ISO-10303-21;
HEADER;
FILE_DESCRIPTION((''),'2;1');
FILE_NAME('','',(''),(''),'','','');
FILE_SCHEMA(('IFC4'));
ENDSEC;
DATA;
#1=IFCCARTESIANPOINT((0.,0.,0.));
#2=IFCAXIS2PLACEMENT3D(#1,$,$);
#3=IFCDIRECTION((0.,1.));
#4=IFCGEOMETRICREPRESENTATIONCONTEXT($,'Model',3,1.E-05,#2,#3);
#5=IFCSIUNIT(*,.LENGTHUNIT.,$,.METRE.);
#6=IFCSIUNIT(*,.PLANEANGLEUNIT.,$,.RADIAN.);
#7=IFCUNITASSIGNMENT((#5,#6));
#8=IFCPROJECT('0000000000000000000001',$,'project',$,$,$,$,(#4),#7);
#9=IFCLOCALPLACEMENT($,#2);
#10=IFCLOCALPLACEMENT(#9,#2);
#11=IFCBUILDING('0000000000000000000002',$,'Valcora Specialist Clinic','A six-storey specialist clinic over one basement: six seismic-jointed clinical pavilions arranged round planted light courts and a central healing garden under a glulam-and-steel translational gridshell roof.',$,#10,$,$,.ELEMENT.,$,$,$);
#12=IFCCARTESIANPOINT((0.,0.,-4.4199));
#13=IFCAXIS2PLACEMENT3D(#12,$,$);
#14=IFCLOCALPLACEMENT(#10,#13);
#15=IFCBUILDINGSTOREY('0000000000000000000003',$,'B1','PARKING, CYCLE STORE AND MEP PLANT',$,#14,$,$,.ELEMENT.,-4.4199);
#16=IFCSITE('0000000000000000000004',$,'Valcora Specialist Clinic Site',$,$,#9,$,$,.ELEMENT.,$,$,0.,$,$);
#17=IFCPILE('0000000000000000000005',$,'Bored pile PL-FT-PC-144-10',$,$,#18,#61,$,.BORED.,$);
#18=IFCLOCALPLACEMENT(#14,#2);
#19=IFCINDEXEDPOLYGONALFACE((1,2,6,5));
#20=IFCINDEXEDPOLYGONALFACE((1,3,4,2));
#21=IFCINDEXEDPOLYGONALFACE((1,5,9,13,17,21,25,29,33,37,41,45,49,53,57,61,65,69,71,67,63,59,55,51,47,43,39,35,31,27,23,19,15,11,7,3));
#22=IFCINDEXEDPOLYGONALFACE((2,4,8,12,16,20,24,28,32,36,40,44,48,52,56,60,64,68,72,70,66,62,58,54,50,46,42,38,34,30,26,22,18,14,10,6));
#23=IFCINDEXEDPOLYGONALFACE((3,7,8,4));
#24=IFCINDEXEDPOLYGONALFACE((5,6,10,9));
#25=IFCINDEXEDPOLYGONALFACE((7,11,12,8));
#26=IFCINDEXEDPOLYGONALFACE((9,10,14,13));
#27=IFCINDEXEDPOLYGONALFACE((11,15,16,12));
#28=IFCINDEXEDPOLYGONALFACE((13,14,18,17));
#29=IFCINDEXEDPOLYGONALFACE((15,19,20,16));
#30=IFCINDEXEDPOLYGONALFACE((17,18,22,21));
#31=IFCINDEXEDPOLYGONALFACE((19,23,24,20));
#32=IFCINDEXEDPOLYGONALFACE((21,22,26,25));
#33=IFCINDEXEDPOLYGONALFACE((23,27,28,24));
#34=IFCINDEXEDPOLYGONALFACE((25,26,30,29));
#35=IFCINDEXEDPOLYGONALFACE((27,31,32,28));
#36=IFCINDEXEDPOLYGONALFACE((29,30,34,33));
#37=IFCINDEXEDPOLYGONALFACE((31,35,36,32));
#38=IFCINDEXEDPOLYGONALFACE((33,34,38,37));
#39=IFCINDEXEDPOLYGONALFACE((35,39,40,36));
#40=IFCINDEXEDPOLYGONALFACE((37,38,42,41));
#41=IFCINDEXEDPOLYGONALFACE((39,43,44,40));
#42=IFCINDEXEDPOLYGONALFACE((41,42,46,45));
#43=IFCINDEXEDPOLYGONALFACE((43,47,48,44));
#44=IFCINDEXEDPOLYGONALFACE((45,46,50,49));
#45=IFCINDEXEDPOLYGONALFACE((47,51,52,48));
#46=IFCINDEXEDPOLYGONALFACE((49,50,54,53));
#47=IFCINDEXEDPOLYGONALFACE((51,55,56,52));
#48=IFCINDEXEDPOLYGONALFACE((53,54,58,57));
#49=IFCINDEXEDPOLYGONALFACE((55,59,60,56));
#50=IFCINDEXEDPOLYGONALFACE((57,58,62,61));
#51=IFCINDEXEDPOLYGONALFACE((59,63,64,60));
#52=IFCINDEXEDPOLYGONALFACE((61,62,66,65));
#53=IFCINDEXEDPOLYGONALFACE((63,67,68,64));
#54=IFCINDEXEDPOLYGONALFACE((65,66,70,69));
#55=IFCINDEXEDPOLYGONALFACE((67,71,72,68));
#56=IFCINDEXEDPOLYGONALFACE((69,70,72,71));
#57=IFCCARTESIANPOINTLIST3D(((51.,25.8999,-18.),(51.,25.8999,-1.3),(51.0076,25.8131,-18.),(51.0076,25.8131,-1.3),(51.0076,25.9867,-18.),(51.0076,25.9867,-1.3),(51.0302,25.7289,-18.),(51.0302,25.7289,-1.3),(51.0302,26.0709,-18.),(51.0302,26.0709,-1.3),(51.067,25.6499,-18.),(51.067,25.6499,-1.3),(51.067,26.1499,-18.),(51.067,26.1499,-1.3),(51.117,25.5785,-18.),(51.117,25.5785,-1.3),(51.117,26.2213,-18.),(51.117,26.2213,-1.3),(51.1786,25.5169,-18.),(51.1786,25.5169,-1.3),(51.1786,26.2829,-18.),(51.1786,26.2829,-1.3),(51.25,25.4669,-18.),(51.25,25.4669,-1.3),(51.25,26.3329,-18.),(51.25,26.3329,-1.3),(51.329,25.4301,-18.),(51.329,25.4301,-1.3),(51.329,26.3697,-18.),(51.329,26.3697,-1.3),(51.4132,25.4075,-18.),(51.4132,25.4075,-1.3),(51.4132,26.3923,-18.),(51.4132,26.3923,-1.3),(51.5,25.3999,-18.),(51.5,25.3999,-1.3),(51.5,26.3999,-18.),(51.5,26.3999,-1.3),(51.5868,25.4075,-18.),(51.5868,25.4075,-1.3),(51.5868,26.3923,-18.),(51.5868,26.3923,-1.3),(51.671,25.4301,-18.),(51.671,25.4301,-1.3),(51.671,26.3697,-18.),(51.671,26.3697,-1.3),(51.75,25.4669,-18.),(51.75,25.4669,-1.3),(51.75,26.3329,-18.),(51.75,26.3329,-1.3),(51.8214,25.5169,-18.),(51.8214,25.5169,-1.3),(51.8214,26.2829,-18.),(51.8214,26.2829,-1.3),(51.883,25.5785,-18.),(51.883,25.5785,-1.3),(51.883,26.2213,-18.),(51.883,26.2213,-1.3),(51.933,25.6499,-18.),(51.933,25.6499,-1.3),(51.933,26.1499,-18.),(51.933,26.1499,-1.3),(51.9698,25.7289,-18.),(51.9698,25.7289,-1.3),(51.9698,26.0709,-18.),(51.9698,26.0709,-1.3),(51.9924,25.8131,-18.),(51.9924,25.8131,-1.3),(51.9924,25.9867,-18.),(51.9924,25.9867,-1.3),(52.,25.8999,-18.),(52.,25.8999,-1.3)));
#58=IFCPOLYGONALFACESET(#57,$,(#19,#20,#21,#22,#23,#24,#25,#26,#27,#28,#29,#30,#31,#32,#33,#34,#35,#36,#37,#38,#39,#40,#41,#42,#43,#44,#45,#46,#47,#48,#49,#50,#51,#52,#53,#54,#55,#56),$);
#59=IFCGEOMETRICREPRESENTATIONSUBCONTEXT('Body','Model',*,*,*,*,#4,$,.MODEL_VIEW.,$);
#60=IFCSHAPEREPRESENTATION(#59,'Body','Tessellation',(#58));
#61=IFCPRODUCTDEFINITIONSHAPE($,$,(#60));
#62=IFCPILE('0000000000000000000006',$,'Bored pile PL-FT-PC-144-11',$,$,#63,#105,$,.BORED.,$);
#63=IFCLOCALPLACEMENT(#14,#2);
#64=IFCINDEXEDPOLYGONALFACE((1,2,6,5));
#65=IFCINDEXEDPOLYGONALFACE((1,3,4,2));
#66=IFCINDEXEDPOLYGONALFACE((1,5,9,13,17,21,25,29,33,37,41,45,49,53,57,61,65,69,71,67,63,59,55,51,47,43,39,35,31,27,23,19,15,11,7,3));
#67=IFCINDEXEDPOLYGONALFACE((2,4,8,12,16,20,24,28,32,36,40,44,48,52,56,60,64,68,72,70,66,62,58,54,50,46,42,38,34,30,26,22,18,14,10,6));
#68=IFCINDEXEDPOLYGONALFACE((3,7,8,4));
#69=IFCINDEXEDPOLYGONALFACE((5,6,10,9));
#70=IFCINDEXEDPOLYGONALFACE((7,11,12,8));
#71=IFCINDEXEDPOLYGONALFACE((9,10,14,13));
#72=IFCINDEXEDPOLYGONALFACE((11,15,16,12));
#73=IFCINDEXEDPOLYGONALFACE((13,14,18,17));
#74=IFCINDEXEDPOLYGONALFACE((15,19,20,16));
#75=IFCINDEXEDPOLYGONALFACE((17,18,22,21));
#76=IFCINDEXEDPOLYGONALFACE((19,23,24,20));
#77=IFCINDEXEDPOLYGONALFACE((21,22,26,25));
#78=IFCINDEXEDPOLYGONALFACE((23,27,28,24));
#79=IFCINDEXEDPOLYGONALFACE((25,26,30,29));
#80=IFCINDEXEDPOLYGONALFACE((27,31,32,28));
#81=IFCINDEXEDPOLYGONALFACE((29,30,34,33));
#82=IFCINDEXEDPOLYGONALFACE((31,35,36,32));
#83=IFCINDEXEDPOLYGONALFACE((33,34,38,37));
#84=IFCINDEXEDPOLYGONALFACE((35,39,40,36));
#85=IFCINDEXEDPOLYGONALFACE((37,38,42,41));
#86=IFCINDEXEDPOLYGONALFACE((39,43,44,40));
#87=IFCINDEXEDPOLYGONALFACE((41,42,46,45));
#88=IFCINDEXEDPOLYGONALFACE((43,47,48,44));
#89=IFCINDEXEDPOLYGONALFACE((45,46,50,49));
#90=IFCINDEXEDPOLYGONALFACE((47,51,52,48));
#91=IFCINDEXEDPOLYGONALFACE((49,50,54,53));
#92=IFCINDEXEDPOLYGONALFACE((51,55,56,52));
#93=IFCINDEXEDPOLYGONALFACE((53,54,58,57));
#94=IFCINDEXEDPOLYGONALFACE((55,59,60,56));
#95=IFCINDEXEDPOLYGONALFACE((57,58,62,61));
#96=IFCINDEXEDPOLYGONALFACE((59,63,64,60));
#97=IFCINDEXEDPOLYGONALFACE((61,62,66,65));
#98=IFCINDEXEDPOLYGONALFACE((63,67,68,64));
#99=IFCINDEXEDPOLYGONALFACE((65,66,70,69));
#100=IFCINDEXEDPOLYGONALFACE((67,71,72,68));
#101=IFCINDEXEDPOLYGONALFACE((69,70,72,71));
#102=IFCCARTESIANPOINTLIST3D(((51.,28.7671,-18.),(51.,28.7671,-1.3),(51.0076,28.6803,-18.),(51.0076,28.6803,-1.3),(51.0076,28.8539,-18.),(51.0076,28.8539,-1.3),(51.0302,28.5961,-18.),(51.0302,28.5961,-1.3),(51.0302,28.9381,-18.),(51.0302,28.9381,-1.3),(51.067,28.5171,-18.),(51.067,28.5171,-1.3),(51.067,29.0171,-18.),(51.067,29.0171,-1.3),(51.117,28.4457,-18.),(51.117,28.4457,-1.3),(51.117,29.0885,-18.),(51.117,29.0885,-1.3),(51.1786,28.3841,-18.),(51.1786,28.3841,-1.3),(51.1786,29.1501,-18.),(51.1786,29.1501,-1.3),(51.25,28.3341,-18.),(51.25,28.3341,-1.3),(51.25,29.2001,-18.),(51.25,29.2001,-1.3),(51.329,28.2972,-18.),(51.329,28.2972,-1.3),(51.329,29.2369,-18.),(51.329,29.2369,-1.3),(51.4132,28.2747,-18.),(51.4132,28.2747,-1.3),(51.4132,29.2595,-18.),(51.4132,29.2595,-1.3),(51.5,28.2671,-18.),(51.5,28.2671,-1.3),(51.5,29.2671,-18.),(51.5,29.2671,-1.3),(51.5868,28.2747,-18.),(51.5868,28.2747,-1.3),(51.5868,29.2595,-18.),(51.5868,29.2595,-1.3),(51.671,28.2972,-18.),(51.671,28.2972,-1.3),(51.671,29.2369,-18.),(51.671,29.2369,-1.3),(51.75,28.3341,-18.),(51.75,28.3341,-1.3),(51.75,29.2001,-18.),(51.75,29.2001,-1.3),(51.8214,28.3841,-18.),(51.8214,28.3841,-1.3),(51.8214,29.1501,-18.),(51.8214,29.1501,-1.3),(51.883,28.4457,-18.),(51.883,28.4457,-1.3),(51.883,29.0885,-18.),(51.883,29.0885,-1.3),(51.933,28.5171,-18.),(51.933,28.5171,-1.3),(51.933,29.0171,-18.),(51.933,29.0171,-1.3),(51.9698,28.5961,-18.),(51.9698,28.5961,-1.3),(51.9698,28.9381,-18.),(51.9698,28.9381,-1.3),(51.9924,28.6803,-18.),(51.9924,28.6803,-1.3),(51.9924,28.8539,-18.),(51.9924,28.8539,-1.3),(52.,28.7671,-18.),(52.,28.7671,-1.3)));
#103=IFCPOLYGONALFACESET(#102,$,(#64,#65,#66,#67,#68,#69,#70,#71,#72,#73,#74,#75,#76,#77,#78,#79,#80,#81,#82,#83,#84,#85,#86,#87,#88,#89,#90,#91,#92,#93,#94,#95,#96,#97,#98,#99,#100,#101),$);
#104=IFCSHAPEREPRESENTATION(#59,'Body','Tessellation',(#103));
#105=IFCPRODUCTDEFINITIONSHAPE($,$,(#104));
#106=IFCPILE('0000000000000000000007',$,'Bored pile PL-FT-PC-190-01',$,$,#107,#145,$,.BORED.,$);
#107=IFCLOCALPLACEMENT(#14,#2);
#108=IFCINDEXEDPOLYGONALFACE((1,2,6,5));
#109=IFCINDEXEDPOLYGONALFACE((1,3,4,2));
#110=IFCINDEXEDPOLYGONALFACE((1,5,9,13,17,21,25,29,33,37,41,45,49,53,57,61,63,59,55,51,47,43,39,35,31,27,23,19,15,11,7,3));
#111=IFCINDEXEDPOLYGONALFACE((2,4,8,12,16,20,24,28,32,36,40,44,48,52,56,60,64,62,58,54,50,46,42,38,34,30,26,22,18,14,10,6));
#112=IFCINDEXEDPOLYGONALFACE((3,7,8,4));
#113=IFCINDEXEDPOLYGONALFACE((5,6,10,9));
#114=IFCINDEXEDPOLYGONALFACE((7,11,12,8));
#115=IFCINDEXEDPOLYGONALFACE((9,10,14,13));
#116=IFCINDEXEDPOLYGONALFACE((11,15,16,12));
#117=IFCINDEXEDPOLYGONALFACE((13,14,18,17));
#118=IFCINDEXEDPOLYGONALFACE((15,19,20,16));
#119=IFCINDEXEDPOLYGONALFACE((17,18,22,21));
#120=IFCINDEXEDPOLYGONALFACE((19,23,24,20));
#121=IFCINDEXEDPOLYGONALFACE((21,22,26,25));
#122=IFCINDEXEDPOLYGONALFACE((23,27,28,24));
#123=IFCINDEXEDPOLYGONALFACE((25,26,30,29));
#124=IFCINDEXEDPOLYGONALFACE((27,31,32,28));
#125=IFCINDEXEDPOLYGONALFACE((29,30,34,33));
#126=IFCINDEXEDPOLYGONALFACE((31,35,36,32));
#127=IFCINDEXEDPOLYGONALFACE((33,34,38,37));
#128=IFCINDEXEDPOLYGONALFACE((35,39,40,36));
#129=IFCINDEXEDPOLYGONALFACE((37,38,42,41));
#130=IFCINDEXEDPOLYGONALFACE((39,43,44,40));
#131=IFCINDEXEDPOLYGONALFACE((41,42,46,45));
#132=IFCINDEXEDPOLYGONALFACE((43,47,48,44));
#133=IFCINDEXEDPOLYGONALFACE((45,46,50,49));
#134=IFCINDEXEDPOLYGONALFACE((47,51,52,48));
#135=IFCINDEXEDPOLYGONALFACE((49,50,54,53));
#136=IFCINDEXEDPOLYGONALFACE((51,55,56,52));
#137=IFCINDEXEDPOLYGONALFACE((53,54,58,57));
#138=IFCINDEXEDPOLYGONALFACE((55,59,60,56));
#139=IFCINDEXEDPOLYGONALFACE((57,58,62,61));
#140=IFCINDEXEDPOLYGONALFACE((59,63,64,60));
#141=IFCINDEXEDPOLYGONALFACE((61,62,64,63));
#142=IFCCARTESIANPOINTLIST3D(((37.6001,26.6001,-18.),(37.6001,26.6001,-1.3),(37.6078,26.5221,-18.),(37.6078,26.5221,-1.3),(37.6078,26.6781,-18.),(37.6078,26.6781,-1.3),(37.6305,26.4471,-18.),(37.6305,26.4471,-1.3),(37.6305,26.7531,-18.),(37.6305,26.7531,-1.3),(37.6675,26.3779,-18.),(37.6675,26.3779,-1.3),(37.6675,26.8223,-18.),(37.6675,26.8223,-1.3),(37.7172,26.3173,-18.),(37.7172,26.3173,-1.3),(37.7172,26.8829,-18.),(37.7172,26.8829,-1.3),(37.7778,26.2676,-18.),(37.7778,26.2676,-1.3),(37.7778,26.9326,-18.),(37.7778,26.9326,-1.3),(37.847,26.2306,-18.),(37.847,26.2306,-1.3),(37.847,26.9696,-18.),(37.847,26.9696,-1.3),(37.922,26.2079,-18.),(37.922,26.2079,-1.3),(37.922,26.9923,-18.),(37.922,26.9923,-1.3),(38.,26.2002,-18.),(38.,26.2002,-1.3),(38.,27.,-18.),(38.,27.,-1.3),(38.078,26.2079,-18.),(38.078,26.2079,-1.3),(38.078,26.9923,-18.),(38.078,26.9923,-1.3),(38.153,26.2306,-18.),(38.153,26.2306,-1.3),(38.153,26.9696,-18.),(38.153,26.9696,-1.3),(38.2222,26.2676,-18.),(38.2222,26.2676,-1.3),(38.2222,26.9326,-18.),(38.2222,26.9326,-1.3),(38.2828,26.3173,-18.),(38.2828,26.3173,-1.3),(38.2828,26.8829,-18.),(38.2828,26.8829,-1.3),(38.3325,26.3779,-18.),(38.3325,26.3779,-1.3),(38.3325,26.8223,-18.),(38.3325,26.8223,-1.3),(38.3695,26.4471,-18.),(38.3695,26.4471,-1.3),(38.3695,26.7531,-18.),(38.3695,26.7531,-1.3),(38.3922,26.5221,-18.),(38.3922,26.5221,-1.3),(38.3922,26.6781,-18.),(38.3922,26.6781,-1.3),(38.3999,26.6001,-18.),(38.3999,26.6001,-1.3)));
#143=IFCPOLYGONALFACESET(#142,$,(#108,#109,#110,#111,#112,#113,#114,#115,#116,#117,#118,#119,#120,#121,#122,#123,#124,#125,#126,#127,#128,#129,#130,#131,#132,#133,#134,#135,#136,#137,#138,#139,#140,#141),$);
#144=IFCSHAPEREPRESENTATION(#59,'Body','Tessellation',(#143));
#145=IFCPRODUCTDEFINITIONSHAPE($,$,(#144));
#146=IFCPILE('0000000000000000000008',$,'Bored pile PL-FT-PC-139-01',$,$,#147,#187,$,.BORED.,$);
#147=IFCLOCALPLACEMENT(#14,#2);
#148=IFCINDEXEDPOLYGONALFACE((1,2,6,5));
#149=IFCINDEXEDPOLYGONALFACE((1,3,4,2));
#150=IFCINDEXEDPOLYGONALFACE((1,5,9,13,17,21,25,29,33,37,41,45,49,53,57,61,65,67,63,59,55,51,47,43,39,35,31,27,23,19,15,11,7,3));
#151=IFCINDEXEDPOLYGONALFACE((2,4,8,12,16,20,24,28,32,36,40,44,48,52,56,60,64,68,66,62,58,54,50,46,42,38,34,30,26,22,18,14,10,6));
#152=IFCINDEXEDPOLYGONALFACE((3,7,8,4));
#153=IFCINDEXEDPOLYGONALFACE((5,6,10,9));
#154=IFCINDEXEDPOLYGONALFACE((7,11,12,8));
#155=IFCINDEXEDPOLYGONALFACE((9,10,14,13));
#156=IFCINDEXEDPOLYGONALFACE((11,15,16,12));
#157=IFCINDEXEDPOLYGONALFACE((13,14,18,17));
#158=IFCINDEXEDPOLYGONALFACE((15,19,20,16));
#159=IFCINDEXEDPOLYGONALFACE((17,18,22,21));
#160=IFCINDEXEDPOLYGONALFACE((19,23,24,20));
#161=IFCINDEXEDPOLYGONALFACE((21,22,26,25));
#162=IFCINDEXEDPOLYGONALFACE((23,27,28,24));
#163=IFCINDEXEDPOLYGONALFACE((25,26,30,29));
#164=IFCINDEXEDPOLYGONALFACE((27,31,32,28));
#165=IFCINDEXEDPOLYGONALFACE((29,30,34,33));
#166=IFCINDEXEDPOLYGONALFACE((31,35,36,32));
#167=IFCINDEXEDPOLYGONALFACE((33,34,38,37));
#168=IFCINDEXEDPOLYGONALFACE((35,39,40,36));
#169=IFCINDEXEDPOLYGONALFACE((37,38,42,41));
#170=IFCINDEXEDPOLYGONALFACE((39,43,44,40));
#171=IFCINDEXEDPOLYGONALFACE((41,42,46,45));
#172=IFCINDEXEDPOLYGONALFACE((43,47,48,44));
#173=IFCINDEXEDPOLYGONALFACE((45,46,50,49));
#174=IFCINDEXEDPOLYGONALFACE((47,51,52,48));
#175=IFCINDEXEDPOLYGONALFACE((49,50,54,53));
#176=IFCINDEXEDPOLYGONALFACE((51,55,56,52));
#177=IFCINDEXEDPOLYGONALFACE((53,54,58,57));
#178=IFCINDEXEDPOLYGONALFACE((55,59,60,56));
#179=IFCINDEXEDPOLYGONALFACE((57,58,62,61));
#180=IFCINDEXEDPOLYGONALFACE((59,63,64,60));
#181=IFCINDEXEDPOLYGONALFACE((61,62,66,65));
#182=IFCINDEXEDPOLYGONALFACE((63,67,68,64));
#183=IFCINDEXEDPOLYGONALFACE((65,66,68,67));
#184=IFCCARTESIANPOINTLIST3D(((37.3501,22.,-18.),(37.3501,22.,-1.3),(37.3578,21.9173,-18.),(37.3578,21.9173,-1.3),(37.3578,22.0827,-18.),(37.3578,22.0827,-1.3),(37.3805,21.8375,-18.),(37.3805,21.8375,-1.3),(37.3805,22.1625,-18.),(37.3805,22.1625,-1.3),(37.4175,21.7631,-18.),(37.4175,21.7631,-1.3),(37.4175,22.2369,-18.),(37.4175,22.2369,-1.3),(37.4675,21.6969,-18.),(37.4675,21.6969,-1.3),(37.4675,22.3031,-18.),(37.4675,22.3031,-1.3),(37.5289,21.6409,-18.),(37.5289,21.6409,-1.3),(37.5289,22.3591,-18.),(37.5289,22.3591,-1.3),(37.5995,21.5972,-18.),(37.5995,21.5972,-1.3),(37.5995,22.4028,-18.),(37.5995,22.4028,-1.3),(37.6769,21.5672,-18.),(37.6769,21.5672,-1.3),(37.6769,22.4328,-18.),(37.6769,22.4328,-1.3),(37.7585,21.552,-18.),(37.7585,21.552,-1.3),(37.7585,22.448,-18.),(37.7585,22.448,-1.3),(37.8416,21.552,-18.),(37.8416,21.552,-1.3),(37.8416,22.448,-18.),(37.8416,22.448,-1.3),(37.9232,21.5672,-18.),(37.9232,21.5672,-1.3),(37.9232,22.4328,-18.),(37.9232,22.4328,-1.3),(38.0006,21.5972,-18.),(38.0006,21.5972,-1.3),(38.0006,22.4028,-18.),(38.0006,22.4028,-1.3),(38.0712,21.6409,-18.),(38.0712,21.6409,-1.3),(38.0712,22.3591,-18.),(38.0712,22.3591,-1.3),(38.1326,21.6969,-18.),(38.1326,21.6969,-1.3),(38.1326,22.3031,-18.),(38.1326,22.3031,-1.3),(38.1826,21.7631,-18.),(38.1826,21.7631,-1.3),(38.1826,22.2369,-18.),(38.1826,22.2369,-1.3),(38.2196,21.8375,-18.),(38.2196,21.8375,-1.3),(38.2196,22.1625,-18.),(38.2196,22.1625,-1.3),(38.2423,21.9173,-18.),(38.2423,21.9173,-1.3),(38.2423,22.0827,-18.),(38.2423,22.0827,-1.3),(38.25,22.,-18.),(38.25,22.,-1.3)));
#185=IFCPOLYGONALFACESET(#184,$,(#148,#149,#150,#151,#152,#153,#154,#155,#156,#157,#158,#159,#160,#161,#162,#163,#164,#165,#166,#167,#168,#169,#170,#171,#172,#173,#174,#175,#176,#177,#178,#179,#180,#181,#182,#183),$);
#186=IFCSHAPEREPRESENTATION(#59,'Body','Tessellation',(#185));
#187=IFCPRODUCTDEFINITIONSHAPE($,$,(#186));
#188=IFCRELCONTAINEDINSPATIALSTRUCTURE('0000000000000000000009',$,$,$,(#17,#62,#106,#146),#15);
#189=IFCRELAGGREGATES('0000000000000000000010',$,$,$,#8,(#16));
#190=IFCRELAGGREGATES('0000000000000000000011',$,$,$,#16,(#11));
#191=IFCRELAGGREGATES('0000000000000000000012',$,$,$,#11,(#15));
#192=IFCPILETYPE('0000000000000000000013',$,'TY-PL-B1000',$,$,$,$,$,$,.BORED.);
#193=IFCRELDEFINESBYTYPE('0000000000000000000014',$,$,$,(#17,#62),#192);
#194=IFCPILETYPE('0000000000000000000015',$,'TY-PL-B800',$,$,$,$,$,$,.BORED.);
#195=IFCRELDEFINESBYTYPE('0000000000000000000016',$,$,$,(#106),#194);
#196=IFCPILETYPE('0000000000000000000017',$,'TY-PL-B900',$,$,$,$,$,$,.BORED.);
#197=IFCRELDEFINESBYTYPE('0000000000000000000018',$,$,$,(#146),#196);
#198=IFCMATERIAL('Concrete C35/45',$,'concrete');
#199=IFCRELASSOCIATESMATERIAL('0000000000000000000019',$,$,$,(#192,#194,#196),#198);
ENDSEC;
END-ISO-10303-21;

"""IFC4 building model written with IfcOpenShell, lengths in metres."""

from ifc_helpers import new_model, si_unit, direction, frame, origin, origin_2d, place, context, subcontext, project, spatial, circle, extrude, material, material_profile, profile_set, type_object, element, save


model = new_model("IFC4")

# Units and contexts
model_context = context("Model", 3, precision=1e-05, world=origin(), true_north=direction((0.0, 1.0)))
body_context = subcontext(model_context, "Body", "Model", "MODEL_VIEW")
ifc_project = project(units=[si_unit("LENGTHUNIT", "METRE"), si_unit("PLANEANGLEUNIT", "RADIAN")], contexts=[model_context])

# Site, building, storey
site_placement = place(None, origin())
site = spatial("IfcSite", under=ifc_project, at=site_placement, Name="Valcora Specialist Clinic Site", CompositionType="ELEMENT", RefElevation=0.0)
building_placement = place(site_placement, origin())
building = spatial("IfcBuilding", under=site, at=building_placement, Name="Valcora Specialist Clinic", Description="A six-storey specialist clinic over one basement: six seismic-jointed clinical pavilions arranged round planted light courts and a central healing garden under a glulam-and-steel translational gridshell roof.", CompositionType="ELEMENT")
storey_placement = place(building_placement, frame((0.0, 0.0, -4.4199)))
storey = spatial("IfcBuildingStorey", under=building, at=storey_placement, Name="B1", Description="PARKING, CYCLE STORE AND MEP PLANT", CompositionType="ELEMENT", Elevation=-4.4199)

# Shared definitions
ifc_material_1 = material(Name="Concrete C35/45", Category="concrete")

# Piles
ifc_material_profile_1 = material_profile(ifc_material_1, circle(Radius=0.5, at=origin_2d()), Name="RC-PIL-D1000")
ifc_profile_set_1 = profile_set([ifc_material_profile_1], Name="Concrete C35/45")
pile_type_1 = type_object("IfcPileType", Name="TY-PL-B1000", PredefinedType="BORED", material=ifc_profile_set_1)
for number, where, z_axis, x_axis, name in (
    (1, (51.5, 25.8999, -1.3), (0.0, 0.0, -1.0), (1.0, 0.0, 0.0), "Bored pile PL-FT-PC-144-10"),
    (2, (51.5, 28.7671, -1.3), (0.0, 0.0, -1.0), (1.0, 0.0, 0.0), "Bored pile PL-FT-PC-144-11"),
):
    element("IfcPile", number, at=place(storey_placement, frame(where, z_axis=z_axis, x_axis=x_axis)), inside=storey, type_object=pile_type_1, Name=name, PredefinedType="BORED", context=body_context, shape_type="SweptSolid", body=[
        extrude(circle(Radius=0.5, at=origin_2d()), origin(), (0.0, 0.0, 1.0), 16.7),
    ])
ifc_material_profile_2 = material_profile(ifc_material_1, circle(Radius=0.3999, at=origin_2d()), Name="RC-PIL-D800")
ifc_profile_set_2 = profile_set([ifc_material_profile_2], Name="Concrete C35/45")
pile_type_2 = type_object("IfcPileType", Name="TY-PL-B800", PredefinedType="BORED", material=ifc_profile_set_2)
pile_placement = place(storey_placement, frame((38.0, 26.6001, -1.3), z_axis=(0.0, 0.0, -1.0), x_axis=(1.0, 0.0, 0.0)))
element("IfcPile", 3, at=pile_placement, inside=storey, type_object=pile_type_2, Name="Bored pile PL-FT-PC-190-01", PredefinedType="BORED", context=body_context, shape_type="SweptSolid", body=[
    extrude(circle(Radius=0.3999, at=origin_2d()), origin(), (0.0, 0.0, 1.0), 16.7),
])
ifc_material_profile_3 = material_profile(ifc_material_1, circle(Radius=0.45, at=origin_2d()), Name="RC-PIL-D900")
ifc_profile_set_3 = profile_set([ifc_material_profile_3], Name="Concrete C35/45")
pile_type_3 = type_object("IfcPileType", Name="TY-PL-B900", PredefinedType="BORED", material=ifc_profile_set_3)
for number, where, z_axis, x_axis, name in (
    (4, (37.8, 22.0, -1.3), (0.0, 0.0, -1.0), (1.0, 0.0, 0.0), "Bored pile PL-FT-PC-139-01"),
):
    element("IfcPile", number, at=place(storey_placement, frame(where, z_axis=z_axis, x_axis=x_axis)), inside=storey, type_object=pile_type_3, Name=name, PredefinedType="BORED", context=body_context, shape_type="SweptSolid", body=[
        extrude(circle(Radius=0.45, at=origin_2d()), origin(), (0.0, 0.0, 1.0), 16.7),
    ])

save(model, "model.ifc")
